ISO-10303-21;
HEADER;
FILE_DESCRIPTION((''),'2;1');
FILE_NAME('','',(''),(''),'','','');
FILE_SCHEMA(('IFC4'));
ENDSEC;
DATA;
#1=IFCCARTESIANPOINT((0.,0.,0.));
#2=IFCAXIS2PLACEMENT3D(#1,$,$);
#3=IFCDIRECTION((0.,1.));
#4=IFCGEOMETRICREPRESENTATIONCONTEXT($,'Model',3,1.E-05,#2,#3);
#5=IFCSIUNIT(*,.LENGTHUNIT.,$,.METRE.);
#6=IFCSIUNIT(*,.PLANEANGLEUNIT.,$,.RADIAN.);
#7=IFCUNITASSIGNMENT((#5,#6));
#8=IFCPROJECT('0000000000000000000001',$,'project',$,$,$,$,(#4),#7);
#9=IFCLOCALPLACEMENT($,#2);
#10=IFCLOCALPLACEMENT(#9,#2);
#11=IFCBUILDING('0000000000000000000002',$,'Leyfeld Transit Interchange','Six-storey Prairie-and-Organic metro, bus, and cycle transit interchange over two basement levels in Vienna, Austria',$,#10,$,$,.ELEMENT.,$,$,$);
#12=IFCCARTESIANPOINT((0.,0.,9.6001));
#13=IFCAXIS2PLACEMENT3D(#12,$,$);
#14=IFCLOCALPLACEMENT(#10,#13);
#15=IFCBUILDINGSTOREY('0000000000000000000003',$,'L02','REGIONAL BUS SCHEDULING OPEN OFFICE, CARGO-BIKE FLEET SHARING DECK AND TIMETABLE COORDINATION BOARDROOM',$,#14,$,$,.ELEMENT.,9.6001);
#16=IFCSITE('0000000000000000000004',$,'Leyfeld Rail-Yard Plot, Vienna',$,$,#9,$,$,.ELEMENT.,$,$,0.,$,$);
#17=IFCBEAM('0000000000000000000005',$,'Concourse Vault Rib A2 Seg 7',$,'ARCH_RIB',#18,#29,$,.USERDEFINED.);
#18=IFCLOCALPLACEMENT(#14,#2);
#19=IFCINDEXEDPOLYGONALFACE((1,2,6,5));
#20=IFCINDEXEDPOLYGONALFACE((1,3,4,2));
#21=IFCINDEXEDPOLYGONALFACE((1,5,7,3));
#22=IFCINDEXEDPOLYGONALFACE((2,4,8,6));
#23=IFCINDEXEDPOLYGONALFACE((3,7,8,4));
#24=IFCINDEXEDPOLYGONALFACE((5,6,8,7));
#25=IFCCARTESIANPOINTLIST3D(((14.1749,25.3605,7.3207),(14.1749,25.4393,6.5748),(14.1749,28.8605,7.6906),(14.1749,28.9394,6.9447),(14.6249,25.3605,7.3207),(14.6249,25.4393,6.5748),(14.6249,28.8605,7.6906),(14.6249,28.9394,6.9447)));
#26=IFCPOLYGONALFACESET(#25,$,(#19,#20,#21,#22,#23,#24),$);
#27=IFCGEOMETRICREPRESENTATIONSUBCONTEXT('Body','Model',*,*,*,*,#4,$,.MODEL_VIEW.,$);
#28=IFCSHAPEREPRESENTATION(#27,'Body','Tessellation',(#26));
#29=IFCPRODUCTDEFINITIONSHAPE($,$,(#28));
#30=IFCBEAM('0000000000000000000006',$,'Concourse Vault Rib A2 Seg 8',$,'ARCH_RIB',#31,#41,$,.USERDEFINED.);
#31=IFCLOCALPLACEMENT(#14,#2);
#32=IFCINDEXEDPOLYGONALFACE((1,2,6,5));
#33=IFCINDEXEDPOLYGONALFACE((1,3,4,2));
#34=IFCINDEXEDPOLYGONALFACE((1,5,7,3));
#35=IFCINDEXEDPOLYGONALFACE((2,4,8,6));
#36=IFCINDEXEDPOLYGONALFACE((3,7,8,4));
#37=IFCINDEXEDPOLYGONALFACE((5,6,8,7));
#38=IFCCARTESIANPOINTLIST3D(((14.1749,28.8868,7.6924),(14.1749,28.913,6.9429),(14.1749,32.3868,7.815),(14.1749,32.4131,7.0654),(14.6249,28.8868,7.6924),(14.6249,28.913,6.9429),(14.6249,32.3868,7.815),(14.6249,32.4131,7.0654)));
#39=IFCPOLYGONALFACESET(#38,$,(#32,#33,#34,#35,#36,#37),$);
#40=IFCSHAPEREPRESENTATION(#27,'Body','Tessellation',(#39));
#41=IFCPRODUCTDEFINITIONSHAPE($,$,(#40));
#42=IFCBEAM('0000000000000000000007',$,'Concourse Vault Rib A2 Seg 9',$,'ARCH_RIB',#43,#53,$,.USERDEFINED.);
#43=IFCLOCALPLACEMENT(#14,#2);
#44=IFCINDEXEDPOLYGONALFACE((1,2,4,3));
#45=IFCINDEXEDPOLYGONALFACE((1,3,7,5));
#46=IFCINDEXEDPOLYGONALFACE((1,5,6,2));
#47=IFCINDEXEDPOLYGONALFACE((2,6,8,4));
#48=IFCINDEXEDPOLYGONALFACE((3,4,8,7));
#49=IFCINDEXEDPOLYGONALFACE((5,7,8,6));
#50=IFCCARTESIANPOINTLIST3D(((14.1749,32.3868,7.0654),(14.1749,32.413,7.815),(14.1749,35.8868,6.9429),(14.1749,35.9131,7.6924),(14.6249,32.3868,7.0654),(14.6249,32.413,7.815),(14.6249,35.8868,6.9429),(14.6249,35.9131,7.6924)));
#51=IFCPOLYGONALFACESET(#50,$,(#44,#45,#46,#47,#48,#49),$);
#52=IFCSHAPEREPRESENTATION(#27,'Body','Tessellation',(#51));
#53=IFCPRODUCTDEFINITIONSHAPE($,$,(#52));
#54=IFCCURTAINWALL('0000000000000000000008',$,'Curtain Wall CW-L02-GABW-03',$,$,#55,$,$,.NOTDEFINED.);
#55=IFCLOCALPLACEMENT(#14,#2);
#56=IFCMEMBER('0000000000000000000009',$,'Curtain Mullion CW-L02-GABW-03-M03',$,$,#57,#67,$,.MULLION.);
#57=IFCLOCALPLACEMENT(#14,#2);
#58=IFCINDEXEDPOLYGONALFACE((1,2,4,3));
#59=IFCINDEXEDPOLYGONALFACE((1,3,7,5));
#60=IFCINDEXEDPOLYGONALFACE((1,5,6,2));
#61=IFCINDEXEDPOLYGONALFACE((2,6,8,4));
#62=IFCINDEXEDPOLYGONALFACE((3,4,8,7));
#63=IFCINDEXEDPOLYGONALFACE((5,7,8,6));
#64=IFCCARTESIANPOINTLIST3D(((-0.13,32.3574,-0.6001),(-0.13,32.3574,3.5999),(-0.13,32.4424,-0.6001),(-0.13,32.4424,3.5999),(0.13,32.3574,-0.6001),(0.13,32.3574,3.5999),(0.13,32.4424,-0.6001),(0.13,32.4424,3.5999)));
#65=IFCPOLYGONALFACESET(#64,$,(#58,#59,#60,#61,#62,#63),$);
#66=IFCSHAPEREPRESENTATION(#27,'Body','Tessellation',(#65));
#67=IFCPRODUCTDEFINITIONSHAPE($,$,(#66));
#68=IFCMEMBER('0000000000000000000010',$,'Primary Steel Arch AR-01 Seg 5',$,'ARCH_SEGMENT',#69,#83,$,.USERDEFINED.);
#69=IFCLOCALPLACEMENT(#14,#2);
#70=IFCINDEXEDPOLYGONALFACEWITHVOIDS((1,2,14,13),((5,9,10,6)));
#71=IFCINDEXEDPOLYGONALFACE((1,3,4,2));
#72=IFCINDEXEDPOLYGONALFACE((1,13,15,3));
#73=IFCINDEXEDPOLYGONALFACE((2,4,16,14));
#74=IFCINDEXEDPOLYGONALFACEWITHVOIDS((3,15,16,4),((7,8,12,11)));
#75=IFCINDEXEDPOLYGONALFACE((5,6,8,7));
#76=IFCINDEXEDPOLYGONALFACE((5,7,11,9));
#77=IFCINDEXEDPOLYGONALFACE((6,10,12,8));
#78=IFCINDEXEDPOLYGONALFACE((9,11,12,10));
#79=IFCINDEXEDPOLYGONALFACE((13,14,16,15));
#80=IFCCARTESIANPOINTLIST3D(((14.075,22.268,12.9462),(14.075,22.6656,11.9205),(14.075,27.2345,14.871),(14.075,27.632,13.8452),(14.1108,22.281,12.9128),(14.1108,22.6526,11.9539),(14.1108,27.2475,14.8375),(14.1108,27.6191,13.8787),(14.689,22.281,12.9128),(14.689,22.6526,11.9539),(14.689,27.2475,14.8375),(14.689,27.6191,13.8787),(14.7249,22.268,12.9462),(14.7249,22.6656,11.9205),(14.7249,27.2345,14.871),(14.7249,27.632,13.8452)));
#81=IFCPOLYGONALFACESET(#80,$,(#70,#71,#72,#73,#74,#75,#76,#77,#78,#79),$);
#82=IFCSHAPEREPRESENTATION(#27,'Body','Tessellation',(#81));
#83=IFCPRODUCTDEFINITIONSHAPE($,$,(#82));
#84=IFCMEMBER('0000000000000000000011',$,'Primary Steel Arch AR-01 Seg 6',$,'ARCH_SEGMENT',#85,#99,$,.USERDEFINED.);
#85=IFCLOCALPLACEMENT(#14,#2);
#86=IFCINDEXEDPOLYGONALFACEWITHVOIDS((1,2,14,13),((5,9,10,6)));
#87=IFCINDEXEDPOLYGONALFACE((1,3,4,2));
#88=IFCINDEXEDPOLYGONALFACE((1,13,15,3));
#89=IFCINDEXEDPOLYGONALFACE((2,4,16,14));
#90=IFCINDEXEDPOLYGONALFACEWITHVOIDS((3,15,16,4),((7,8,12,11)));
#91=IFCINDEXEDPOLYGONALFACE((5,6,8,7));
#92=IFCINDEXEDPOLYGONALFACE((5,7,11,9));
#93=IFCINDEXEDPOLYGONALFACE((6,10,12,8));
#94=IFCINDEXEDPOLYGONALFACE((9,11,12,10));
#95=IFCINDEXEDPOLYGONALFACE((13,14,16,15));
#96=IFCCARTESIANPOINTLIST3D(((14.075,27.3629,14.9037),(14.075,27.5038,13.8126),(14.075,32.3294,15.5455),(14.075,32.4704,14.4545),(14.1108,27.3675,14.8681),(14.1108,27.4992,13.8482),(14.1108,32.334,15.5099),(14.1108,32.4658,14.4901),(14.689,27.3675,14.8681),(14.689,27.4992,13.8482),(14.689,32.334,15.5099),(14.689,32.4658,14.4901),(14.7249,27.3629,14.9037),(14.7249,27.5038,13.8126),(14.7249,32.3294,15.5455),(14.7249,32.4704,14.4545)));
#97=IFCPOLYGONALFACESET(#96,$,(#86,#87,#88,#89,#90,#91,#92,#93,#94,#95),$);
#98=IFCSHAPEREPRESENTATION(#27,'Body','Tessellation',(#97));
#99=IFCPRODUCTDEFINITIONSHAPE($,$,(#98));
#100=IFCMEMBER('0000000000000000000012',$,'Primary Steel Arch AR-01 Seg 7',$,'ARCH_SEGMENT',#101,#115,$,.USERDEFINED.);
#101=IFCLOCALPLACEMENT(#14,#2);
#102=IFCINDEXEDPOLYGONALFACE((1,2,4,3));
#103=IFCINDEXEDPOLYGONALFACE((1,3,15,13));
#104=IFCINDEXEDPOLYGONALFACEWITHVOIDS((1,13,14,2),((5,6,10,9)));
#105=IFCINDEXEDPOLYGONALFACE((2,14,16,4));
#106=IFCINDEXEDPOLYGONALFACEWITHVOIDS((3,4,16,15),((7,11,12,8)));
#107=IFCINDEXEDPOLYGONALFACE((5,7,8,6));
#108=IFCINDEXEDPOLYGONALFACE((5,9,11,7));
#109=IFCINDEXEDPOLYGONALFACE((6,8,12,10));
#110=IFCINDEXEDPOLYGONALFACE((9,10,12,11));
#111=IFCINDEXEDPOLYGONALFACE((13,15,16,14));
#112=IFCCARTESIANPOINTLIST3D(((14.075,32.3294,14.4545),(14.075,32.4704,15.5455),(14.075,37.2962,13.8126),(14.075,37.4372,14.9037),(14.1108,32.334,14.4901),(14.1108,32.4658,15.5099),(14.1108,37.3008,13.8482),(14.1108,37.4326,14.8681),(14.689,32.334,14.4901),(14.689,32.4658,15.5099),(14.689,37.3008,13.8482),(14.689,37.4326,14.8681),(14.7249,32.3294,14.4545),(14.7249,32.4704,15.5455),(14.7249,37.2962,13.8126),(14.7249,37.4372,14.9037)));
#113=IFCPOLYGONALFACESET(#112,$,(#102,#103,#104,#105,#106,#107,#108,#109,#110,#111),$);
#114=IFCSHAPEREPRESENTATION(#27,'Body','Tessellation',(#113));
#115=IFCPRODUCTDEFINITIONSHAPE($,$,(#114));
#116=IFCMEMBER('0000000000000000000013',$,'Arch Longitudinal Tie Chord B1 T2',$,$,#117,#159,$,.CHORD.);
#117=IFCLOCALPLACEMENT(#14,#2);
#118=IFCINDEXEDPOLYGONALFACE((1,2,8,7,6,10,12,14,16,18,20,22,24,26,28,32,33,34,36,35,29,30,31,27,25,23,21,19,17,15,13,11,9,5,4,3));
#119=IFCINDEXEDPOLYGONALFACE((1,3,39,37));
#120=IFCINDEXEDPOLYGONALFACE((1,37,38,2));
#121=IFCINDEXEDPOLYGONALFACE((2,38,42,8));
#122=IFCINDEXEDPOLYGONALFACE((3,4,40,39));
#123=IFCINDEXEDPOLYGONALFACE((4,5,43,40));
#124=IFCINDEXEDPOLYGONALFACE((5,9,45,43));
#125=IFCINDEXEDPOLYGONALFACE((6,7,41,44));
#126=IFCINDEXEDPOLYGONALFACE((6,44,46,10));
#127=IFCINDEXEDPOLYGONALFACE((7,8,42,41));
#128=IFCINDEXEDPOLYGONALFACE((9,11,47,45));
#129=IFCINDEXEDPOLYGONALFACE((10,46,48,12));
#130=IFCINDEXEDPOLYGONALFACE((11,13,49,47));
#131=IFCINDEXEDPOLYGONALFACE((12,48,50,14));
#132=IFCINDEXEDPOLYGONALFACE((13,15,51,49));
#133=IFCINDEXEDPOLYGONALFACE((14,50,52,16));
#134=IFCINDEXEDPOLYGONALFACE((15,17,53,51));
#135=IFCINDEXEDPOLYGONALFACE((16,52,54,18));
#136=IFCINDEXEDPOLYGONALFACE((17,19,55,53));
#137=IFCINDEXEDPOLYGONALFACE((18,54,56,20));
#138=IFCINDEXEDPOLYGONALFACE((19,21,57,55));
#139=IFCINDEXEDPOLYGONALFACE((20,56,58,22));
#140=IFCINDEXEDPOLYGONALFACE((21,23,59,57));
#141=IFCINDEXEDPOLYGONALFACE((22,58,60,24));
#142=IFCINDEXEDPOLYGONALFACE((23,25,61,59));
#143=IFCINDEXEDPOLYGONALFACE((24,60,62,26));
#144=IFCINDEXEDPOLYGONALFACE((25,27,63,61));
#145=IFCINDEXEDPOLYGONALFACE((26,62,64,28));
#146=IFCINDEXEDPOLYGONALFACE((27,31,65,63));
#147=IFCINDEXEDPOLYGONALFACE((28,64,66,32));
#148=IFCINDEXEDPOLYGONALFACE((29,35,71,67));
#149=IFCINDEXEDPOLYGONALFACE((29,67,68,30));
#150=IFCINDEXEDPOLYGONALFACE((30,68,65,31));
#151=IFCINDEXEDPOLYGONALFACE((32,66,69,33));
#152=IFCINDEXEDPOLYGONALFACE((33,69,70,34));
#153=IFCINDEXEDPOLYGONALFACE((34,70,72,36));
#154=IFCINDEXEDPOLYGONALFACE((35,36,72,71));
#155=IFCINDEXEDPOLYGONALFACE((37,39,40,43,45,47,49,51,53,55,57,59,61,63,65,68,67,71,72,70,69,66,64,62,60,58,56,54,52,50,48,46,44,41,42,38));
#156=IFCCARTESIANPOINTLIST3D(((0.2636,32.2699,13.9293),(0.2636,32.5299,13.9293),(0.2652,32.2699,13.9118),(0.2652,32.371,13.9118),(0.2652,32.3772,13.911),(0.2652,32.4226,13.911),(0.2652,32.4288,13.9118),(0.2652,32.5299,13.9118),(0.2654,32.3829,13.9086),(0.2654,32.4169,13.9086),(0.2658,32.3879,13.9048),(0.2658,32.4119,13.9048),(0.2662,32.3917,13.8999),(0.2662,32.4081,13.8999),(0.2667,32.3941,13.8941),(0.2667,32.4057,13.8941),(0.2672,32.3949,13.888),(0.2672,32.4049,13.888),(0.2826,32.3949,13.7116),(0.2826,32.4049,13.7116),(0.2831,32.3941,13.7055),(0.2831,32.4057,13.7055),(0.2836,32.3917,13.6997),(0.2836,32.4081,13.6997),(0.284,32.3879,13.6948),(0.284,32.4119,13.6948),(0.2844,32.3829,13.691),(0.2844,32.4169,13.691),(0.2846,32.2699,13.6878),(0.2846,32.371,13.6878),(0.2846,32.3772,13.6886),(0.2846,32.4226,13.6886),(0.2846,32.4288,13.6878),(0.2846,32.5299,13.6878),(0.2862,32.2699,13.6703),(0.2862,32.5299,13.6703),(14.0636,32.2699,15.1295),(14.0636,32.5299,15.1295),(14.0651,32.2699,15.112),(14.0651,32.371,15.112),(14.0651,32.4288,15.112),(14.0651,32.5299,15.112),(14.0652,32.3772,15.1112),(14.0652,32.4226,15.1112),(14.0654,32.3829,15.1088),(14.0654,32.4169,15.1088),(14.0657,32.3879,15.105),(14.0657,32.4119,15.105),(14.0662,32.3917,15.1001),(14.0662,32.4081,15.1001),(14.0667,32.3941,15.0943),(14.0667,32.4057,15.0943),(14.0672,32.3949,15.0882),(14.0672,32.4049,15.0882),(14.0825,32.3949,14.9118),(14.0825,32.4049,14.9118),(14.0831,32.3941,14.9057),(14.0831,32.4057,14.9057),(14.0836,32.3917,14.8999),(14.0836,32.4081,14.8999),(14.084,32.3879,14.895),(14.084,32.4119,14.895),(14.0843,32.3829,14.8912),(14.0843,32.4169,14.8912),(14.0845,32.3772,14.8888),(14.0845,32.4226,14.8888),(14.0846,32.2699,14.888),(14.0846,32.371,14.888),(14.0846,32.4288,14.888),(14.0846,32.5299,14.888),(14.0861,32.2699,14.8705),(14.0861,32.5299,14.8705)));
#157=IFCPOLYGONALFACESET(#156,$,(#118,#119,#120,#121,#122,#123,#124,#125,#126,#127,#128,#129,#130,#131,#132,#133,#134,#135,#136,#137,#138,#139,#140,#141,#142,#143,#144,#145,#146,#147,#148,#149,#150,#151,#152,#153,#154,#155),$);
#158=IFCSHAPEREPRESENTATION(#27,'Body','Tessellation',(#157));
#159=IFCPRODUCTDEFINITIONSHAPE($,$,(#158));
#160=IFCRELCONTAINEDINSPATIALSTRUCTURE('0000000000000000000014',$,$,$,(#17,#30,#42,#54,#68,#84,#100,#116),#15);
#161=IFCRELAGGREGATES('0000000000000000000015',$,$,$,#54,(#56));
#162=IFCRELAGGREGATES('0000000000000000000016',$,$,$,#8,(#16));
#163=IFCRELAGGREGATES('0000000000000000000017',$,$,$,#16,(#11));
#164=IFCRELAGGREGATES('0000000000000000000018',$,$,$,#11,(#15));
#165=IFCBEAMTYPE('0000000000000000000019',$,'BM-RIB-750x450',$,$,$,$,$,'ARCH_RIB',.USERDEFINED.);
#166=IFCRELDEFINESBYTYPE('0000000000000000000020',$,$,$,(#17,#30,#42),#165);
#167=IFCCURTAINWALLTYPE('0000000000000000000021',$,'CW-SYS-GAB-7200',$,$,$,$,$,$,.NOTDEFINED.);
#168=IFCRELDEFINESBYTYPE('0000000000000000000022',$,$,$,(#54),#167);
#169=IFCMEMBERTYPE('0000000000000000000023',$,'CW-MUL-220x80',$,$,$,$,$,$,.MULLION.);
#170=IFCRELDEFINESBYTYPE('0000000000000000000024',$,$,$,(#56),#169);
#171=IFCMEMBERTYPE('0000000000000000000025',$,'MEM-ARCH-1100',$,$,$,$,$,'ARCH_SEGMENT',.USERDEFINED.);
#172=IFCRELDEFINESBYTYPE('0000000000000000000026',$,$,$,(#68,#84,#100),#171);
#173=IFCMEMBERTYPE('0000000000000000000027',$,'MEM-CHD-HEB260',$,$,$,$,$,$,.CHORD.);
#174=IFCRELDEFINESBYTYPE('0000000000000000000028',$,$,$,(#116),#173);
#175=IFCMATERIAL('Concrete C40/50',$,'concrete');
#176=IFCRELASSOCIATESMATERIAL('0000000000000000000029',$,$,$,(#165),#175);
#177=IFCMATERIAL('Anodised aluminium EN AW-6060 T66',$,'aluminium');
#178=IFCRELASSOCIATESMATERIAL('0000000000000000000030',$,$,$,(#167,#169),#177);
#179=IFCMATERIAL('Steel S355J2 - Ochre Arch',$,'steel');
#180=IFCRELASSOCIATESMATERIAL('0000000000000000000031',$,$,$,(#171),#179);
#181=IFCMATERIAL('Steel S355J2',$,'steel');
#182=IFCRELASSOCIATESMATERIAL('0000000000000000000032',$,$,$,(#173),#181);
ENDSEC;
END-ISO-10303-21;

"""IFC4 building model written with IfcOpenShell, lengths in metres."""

from ifc_helpers import new_model, si_unit, direction, frame, origin, origin_2d, place, context, subcontext, project, spatial, rectangle, hollow_rectangle, i_section, extrude, material, material_profile, profile_set, type_object, element, aggregate, save


model = new_model("IFC4")

# Units and contexts
model_context = context("Model", 3, precision=1e-05, world=origin(), true_north=direction((0.0, 1.0)))
body_context = subcontext(model_context, "Body", "Model", "MODEL_VIEW")
ifc_project = project(units=[si_unit("LENGTHUNIT", "METRE"), si_unit("PLANEANGLEUNIT", "RADIAN")], contexts=[model_context])

# Site, building, storey
site_placement = place(None, origin())
site = spatial("IfcSite", under=ifc_project, at=site_placement, Name="Leyfeld Rail-Yard Plot, Vienna", CompositionType="ELEMENT", RefElevation=0.0)
building_placement = place(site_placement, origin())
building = spatial("IfcBuilding", under=site, at=building_placement, Name="Leyfeld Transit Interchange", Description="Six-storey Prairie-and-Organic metro, bus, and cycle transit interchange over two basement levels in Vienna, Austria", CompositionType="ELEMENT")
storey_placement = place(building_placement, frame((0.0, 0.0, 9.6001)))
storey = spatial("IfcBuildingStorey", under=building, at=storey_placement, Name="L02", Description="REGIONAL BUS SCHEDULING OPEN OFFICE, CARGO-BIKE FLEET SHARING DECK AND TIMETABLE COORDINATION BOARDROOM", CompositionType="ELEMENT", Elevation=9.6001)

# Beams
ifc_material_1 = material(Name="Concrete C40/50", Category="concrete")
ifc_material_profile_1 = material_profile(ifc_material_1, rectangle(XDim=0.45, YDim=0.75, at=origin_2d()), Name="RC 750x450 RIB")
ifc_profile_set_1 = profile_set([ifc_material_profile_1], Name="Concrete C40/50")
beam_type = type_object("IfcBeamType", Name="BM-RIB-750x450", ElementType="ARCH_RIB", PredefinedType="USERDEFINED", material=ifc_profile_set_1)
beam_placement = place(storey_placement, frame((14.3999, 25.3999, 6.9478), z_axis=(0.0, 0.994462, 0.105093), x_axis=(-1.0, 0.0, 0.0)))
element("IfcBeam", 1, at=beam_placement, inside=storey, type_object=beam_type, Name="Concourse Vault Rib A2 Seg 7", ObjectType="ARCH_RIB", PredefinedType="USERDEFINED", context=body_context, shape_type="SweptSolid", body=[
    extrude(rectangle(XDim=0.45, YDim=0.75, at=origin_2d()), origin(), (0.0, 0.0, 1.0), 3.5195),
])
for number, where, z_axis, x_axis, name in (
    (2, (14.3999, 28.8999, 7.3176), (0.0, 0.999387, 0.034995), (-1.0, 0.0, 0.0), "Concourse Vault Rib A2 Seg 8"),
    (3, (14.3999, 32.3999, 7.4402), (0.0, 0.999387, -0.034995), (-1.0, 0.0, 0.0), "Concourse Vault Rib A2 Seg 9"),
):
    element("IfcBeam", number, at=place(storey_placement, frame(where, z_axis=z_axis, x_axis=x_axis)), inside=storey, type_object=beam_type, Name=name, ObjectType="ARCH_RIB", PredefinedType="USERDEFINED", context=body_context, shape_type="SweptSolid", body=[
        extrude(rectangle(XDim=0.45, YDim=0.75, at=origin_2d()), origin(), (0.0, 0.0, 1.0), 3.5022),
    ])

# Curtain wall, member
ifc_material_2 = material(Name="Anodised aluminium EN AW-6060 T66", Category="aluminium")
curtain_wall_type = type_object("IfcCurtainWallType", Name="CW-SYS-GAB-7200", PredefinedType="NOTDEFINED", material=ifc_material_2)
curtain_wall_placement = place(storey_placement, origin())
curtain_wall = element("IfcCurtainWall", 4, at=curtain_wall_placement, inside=storey, type_object=curtain_wall_type, Name="Curtain Wall CW-L02-GABW-03", PredefinedType="NOTDEFINED")
ifc_material_profile_2 = material_profile(ifc_material_2, rectangle(XDim=0.085, YDim=0.26, at=origin_2d()), Name="CW-M 85x260")
ifc_profile_set_2 = profile_set([ifc_material_profile_2], Name="Anodised aluminium EN AW-6060 T66")
member_type_1 = type_object("IfcMemberType", Name="CW-MUL-220x80", PredefinedType="MULLION", material=ifc_profile_set_2)
member_1_placement = place(storey_placement, frame((0.0, 32.3999, -0.6001), z_axis=(0.0, 0.0, 1.0), x_axis=(0.0, 1.0, 0.0)))
member_1 = element("IfcMember", 5, at=member_1_placement, type_object=member_type_1, Name="Curtain Mullion CW-L02-GABW-03-M03", PredefinedType="MULLION", context=body_context, shape_type="SweptSolid", body=[
    extrude(rectangle(XDim=0.085, YDim=0.26, at=origin_2d()), origin(), (0.0, 0.0, 1.0), 4.2),
])
aggregate(curtain_wall, [member_1])

# Members
ifc_material_3 = material(Name="Steel S355J2 - Ochre Arch", Category="steel")
ifc_material_profile_3 = material_profile(ifc_material_3, hollow_rectangle(XDim=0.6499, YDim=1.1001, WallThickness=0.0359, at=origin_2d()), Name="RHS 1100x650x36")
ifc_profile_set_3 = profile_set([ifc_material_profile_3], Name="Steel S355J2 - Ochre Arch")
member_type_2 = type_object("IfcMemberType", Name="MEM-ARCH-1100", ElementType="ARCH_SEGMENT", PredefinedType="USERDEFINED", material=ifc_profile_set_3)
member_2_placement = place(storey_placement, frame((14.3999, 22.4668, 12.4333), z_axis=(0.0, 0.932425, 0.361364), x_axis=(-1.0, 0.0, 0.0)))
element("IfcMember", 6, at=member_2_placement, inside=storey, type_object=member_type_2, Name="Primary Steel Arch AR-01 Seg 5", ObjectType="ARCH_SEGMENT", PredefinedType="USERDEFINED", context=body_context, shape_type="SweptSolid", body=[
    extrude(hollow_rectangle(XDim=0.6499, YDim=1.1001, WallThickness=0.0359, at=origin_2d()), origin(), (0.0, 0.0, 1.0), 5.3264),
])
member_3_placement = place(storey_placement, frame((14.3999, 27.4333, 14.3582), z_axis=(0.0, 0.991752, 0.128168), x_axis=(-1.0, 0.0, 0.0)))
element("IfcMember", 7, at=member_3_placement, inside=storey, type_object=member_type_2, Name="Primary Steel Arch AR-01 Seg 6", ObjectType="ARCH_SEGMENT", PredefinedType="USERDEFINED", context=body_context, shape_type="SweptSolid", body=[
    extrude(hollow_rectangle(XDim=0.6499, YDim=1.1001, WallThickness=0.0359, at=origin_2d()), origin(), (0.0, 0.0, 1.0), 5.0078),
])
member_4_placement = place(storey_placement, frame((14.3999, 32.3999, 15.0), z_axis=(0.0, 0.991753, -0.128162), x_axis=(-1.0, 0.0, 0.0)))
element("IfcMember", 8, at=member_4_placement, inside=storey, type_object=member_type_2, Name="Primary Steel Arch AR-01 Seg 7", ObjectType="ARCH_SEGMENT", PredefinedType="USERDEFINED", context=body_context, shape_type="SweptSolid", body=[
    extrude(hollow_rectangle(XDim=0.6499, YDim=1.1001, WallThickness=0.0359, at=origin_2d()), origin(), (0.0, 0.0, 1.0), 5.0081),
])
ifc_material_4 = material(Name="Steel S355J2", Category="steel")
ifc_material_profile_4 = material_profile(ifc_material_4, i_section(OverallWidth=0.26, OverallDepth=0.26, WebThickness=0.01, FlangeThickness=0.0176, FilletRadius=0.0239, at=origin_2d()), Name="HEB 260")
ifc_profile_set_4 = profile_set([ifc_material_profile_4], Name="Steel S355J2")
member_type_3 = type_object("IfcMemberType", Name="MEM-CHD-HEB260", PredefinedType="CHORD", material=ifc_profile_set_4)
member_5_placement = place(storey_placement, frame((0.2749, 32.3999, 13.7998), z_axis=(0.996239, 0.0, 0.086643), x_axis=(0.0, 1.0, 0.0)))
element("IfcMember", 9, at=member_5_placement, inside=storey, type_object=member_type_3, Name="Arch Longitudinal Tie Chord B1 T2", PredefinedType="CHORD", context=body_context, shape_type="SweptSolid", body=[
    extrude(i_section(OverallWidth=0.26, OverallDepth=0.26, WebThickness=0.01, FlangeThickness=0.0176, FilletRadius=0.0239, at=origin_2d()), origin(), (0.0, 0.0, 1.0), 13.8521),
])

save(model, "model.ifc")
